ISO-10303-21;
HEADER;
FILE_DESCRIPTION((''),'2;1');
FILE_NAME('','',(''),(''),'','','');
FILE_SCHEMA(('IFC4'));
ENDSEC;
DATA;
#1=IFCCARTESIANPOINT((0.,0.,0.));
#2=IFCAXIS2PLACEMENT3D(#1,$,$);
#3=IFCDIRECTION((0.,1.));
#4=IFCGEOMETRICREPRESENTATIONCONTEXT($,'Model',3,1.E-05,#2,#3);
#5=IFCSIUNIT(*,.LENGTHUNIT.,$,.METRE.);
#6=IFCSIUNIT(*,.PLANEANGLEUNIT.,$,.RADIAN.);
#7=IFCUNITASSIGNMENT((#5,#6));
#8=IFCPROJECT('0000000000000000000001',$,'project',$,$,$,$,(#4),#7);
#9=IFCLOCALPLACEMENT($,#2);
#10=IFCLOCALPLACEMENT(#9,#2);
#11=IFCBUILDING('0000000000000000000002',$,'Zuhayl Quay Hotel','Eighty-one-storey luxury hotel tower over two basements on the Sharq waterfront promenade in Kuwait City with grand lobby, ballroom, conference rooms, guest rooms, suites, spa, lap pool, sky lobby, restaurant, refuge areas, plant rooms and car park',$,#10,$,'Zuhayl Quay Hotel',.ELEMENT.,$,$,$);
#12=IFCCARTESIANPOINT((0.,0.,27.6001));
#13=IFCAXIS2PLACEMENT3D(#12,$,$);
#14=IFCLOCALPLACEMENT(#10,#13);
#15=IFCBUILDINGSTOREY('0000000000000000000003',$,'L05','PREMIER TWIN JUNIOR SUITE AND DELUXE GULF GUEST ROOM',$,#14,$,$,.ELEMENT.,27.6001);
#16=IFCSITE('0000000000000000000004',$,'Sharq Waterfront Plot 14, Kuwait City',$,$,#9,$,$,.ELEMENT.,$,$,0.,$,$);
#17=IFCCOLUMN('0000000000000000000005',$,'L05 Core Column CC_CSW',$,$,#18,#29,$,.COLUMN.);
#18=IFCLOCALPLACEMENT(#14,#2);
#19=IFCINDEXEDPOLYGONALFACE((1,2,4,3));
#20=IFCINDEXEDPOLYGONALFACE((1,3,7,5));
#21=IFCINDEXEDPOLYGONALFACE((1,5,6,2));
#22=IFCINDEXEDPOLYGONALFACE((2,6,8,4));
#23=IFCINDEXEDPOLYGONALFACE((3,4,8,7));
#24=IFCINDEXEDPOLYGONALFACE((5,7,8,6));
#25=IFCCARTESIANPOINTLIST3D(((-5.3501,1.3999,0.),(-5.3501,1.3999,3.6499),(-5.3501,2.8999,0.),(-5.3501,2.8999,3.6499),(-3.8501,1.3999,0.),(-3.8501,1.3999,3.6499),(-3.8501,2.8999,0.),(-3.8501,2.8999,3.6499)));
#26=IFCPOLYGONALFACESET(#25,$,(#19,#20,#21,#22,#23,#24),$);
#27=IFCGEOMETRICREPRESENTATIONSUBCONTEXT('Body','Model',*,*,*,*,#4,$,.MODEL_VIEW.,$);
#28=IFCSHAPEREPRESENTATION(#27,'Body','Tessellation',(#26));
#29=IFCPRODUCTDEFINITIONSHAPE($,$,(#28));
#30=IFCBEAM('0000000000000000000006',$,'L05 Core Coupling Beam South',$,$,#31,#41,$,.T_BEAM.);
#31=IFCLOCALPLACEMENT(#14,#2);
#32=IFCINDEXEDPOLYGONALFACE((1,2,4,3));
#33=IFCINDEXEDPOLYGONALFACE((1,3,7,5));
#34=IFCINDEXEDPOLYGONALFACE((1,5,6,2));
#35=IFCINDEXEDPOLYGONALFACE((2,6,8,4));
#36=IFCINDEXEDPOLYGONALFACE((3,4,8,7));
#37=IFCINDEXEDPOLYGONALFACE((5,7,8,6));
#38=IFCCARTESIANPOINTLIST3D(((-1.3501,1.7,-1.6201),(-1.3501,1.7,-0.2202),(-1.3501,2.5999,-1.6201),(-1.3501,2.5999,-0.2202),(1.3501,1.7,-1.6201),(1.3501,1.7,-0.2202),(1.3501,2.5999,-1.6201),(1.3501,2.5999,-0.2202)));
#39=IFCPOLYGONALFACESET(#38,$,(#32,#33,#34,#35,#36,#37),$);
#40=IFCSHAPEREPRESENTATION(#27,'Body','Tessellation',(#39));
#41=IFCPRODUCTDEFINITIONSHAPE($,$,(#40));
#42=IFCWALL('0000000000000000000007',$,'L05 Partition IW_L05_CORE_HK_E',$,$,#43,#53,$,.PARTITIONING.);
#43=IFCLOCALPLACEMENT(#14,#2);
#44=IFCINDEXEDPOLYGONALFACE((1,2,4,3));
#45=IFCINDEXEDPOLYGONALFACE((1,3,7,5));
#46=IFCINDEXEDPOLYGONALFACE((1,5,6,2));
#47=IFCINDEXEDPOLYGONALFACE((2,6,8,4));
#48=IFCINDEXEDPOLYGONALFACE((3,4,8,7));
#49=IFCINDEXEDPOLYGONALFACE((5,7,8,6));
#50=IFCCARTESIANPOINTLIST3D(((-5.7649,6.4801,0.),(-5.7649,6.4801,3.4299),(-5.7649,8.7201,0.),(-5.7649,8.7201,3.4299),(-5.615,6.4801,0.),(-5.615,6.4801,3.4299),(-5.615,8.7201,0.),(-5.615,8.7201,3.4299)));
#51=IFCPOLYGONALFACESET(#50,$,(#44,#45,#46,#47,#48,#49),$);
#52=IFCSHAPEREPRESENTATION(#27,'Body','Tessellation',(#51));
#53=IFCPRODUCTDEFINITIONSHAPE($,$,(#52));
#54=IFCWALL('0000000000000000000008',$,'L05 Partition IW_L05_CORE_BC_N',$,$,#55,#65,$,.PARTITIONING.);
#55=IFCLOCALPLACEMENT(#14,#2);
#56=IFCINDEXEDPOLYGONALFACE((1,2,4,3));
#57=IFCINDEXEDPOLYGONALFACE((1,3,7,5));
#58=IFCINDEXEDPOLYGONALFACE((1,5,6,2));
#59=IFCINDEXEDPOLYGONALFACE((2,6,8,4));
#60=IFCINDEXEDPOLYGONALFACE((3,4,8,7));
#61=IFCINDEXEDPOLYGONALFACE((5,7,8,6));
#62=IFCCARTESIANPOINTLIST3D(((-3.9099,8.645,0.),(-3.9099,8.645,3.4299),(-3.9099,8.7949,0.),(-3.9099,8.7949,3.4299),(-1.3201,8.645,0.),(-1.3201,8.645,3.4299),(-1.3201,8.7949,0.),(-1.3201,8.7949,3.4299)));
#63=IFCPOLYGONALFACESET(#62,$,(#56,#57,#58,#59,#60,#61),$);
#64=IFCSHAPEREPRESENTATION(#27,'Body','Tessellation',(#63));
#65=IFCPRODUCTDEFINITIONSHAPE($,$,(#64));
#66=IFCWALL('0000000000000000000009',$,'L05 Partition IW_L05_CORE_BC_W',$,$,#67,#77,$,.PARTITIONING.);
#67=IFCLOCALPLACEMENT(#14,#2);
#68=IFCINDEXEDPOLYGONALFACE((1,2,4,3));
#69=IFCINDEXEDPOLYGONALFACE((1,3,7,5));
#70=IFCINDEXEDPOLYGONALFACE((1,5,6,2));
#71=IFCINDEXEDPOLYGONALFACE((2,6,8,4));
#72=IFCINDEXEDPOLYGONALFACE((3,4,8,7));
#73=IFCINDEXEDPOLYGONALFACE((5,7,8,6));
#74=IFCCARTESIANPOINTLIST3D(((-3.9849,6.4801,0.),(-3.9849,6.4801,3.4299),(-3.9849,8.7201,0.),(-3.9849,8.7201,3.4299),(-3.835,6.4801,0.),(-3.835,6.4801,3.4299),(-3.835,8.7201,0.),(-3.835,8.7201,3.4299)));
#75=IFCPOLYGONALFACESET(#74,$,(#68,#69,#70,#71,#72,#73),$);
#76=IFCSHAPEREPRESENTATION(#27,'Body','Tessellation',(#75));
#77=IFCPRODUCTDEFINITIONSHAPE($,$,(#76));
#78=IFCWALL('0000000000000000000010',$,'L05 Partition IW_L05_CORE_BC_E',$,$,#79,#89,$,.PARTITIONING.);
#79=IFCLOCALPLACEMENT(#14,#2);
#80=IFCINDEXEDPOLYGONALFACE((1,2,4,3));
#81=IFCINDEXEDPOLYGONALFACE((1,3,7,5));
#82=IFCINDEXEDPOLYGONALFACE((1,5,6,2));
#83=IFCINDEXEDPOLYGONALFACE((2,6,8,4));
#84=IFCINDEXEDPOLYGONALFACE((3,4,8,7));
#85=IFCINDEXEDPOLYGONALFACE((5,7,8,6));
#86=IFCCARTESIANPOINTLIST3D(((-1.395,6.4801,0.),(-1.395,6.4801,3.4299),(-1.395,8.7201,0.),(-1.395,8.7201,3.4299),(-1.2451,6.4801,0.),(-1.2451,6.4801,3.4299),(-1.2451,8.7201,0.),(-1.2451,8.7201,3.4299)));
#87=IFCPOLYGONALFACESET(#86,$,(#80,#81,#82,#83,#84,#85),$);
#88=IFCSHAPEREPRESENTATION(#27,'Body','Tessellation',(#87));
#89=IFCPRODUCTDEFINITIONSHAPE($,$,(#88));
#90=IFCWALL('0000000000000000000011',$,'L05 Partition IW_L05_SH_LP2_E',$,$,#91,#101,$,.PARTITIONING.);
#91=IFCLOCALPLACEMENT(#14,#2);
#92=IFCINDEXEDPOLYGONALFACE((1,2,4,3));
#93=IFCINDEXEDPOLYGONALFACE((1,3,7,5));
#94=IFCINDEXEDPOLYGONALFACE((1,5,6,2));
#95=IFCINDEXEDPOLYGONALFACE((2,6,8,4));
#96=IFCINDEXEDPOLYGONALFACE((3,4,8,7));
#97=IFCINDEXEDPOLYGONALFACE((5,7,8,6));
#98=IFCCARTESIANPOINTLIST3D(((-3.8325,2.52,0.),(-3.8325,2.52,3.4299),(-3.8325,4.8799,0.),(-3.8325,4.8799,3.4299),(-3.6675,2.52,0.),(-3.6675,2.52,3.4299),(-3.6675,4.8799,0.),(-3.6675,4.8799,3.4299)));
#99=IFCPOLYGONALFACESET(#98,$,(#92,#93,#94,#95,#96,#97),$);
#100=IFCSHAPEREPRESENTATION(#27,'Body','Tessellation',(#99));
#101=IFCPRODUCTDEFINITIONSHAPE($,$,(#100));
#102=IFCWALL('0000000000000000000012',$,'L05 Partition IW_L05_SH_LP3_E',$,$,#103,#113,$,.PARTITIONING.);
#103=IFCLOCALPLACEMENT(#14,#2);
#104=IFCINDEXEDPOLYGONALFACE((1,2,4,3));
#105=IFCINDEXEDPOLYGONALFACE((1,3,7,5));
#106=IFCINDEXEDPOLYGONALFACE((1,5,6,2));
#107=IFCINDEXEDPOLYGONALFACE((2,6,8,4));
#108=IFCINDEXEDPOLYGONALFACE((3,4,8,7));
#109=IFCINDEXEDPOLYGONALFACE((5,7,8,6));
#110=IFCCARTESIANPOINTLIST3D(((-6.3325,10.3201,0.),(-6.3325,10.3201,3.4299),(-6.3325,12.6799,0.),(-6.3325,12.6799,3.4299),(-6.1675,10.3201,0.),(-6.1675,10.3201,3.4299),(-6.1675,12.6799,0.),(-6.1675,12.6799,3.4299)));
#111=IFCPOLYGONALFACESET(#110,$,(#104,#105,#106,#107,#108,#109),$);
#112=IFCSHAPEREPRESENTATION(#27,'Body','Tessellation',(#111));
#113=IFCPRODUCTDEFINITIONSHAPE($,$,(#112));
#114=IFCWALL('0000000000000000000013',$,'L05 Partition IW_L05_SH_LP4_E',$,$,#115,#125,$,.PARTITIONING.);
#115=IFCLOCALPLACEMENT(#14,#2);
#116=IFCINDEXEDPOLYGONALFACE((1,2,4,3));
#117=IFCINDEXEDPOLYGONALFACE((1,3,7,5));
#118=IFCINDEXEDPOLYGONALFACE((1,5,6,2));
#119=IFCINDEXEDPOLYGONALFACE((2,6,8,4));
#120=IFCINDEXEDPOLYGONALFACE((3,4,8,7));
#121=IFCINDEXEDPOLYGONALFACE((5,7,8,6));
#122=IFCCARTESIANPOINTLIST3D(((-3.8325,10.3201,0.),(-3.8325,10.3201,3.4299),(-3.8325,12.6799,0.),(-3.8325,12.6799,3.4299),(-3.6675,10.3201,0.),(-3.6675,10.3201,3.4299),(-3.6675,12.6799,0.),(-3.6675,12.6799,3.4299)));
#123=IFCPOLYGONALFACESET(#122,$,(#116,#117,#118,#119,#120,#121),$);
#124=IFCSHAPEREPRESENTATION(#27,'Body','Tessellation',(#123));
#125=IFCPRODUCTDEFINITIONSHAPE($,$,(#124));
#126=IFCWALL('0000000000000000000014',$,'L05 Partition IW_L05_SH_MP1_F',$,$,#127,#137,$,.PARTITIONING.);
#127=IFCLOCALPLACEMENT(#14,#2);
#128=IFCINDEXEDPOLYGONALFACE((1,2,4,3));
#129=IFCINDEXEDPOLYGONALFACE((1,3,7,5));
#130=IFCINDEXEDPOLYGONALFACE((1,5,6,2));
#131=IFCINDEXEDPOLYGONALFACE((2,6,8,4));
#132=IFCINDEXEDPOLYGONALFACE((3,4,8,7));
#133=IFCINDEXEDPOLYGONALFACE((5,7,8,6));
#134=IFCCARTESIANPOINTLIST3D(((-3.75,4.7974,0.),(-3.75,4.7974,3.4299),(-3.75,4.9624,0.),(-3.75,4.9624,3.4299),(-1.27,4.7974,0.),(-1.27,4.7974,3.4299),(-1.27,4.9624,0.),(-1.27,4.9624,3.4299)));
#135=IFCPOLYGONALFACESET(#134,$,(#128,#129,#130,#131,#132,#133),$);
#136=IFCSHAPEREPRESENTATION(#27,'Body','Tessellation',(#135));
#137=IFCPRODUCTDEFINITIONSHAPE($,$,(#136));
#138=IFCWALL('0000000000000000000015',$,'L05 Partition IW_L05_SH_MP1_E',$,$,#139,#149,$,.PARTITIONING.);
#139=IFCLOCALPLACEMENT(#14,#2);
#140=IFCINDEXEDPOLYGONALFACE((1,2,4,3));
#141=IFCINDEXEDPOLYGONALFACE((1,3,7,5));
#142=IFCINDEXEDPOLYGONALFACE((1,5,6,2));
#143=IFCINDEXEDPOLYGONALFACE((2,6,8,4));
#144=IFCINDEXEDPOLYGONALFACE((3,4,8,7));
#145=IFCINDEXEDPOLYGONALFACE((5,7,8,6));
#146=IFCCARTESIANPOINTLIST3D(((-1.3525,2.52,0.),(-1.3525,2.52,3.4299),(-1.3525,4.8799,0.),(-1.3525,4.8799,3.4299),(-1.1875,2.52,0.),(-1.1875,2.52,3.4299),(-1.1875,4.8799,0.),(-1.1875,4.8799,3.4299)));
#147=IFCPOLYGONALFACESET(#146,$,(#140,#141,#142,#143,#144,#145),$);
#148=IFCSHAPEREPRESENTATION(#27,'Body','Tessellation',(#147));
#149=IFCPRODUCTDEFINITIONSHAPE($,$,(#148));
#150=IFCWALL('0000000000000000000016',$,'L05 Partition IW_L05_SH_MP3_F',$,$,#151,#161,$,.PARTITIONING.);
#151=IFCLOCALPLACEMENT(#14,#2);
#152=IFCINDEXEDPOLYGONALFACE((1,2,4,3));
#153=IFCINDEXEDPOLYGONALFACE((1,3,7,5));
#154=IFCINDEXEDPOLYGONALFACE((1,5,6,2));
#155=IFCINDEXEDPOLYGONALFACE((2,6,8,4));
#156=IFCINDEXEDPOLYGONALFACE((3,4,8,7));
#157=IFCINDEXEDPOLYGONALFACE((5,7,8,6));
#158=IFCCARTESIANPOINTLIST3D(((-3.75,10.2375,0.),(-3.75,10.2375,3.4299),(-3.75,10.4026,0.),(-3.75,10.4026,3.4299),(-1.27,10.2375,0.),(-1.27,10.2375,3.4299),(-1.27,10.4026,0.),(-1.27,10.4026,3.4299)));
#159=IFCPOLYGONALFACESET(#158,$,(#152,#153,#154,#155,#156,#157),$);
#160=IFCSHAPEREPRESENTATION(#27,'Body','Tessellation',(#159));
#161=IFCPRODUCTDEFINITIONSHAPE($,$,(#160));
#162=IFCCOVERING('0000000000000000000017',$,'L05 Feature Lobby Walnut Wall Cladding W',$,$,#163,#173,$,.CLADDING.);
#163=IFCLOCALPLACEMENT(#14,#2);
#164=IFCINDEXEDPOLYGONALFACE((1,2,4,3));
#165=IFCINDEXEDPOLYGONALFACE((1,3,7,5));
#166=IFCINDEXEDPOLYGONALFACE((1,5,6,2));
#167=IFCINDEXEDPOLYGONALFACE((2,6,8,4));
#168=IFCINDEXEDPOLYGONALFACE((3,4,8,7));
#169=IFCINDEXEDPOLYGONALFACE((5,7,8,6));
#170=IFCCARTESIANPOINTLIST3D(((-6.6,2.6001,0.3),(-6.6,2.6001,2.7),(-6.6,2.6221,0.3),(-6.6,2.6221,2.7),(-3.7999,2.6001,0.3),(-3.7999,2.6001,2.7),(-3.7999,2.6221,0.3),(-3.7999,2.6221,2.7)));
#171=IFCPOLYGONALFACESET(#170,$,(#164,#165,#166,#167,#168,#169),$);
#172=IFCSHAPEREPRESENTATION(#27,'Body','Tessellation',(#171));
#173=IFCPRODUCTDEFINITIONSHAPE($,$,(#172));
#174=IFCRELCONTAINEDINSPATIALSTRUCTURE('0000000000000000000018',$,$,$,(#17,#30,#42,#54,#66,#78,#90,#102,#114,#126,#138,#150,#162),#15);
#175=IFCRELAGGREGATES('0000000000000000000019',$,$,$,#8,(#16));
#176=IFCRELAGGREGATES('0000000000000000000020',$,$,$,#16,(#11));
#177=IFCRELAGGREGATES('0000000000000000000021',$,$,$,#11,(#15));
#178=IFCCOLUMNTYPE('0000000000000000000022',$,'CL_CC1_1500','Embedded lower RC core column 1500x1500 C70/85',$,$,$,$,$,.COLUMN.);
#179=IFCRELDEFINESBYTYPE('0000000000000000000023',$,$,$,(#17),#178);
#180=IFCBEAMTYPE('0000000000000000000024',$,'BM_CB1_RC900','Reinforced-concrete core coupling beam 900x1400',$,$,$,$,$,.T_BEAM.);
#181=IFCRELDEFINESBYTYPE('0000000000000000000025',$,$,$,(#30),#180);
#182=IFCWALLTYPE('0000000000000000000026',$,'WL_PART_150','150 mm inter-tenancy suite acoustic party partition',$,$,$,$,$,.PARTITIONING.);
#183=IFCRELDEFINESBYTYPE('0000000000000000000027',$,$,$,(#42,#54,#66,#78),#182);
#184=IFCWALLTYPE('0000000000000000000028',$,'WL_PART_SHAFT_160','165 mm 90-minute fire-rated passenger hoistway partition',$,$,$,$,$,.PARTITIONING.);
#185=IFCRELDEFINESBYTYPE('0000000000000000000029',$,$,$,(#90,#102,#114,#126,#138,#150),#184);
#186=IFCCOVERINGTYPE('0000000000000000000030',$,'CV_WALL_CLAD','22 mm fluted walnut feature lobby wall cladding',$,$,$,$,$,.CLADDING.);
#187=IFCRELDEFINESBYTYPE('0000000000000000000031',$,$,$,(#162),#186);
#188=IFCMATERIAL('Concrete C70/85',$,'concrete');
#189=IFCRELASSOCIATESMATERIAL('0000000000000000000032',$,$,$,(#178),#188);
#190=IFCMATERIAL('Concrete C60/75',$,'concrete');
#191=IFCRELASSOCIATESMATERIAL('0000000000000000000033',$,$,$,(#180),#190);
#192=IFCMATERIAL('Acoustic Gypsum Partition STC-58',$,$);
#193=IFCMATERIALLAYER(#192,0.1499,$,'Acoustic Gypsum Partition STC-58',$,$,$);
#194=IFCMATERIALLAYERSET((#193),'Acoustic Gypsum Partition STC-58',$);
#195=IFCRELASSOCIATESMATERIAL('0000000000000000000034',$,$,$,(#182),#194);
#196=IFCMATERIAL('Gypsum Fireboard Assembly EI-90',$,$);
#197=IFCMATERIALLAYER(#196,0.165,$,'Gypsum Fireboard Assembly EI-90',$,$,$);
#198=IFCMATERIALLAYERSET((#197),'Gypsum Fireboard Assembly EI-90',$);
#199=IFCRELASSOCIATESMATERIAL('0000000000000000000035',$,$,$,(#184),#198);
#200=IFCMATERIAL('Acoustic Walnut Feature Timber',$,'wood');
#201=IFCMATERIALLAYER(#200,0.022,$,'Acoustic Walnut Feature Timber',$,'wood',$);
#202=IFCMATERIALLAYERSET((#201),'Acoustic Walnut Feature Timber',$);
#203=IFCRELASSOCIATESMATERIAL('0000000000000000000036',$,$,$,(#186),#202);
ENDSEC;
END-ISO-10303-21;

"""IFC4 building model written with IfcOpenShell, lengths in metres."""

from ifc_helpers import new_model, si_unit, direction, frame, frame_2d, origin, origin_2d, place, context, subcontext, project, spatial, rectangle, extrude, material, layer, layer_set, material_profile, profile_set, type_object, element, save


model = new_model("IFC4")

# Units and contexts
model_context = context("Model", 3, precision=1e-05, world=origin(), true_north=direction((0.0, 1.0)))
body_context = subcontext(model_context, "Body", "Model", "MODEL_VIEW")
ifc_project = project(units=[si_unit("LENGTHUNIT", "METRE"), si_unit("PLANEANGLEUNIT", "RADIAN")], contexts=[model_context])

# Site, building, storey
site_placement = place(None, origin())
site = spatial("IfcSite", under=ifc_project, at=site_placement, Name="Sharq Waterfront Plot 14, Kuwait City", CompositionType="ELEMENT", RefElevation=0.0)
building_placement = place(site_placement, origin())
building = spatial("IfcBuilding", under=site, at=building_placement, Name="Zuhayl Quay Hotel", Description="Eighty-one-storey luxury hotel tower over two basements on the Sharq waterfront promenade in Kuwait City with grand lobby, ballroom, conference rooms, guest rooms, suites, spa, lap pool, sky lobby, restaurant, refuge areas, plant rooms and car park", LongName="Zuhayl Quay Hotel", CompositionType="ELEMENT")
storey_placement = place(building_placement, frame((0.0, 0.0, 27.6001)))
storey = spatial("IfcBuildingStorey", under=building, at=storey_placement, Name="L05", Description="PREMIER TWIN JUNIOR SUITE AND DELUXE GULF GUEST ROOM", CompositionType="ELEMENT", Elevation=27.6001)

# Column
ifc_material_1 = material(Name="Concrete C70/85", Category="concrete")
ifc_material_profile_1 = material_profile(ifc_material_1, rectangle(XDim=1.5, YDim=1.5, at=origin_2d()), Name="RC1500X1500")
ifc_profile_set_1 = profile_set([ifc_material_profile_1], Name="Concrete C70/85")
column_type = type_object("IfcColumnType", Name="CL_CC1_1500", Description="Embedded lower RC core column 1500x1500 C70/85", PredefinedType="COLUMN", material=ifc_profile_set_1)
column_placement = place(storey_placement, frame((-4.6001, 2.1499, 0.0), z_axis=(0.0, 0.0, 1.0), x_axis=(1.0, 0.0, 0.0)))
element("IfcColumn", 1, at=column_placement, inside=storey, type_object=column_type, Name="L05 Core Column CC_CSW", PredefinedType="COLUMN", context=body_context, shape_type="SweptSolid", body=[
    extrude(rectangle(XDim=1.5, YDim=1.5, at=origin_2d()), origin(), (0.0, 0.0, 1.0), 3.6499),
])

# Beam
ifc_material_2 = material(Name="Concrete C60/75", Category="concrete")
ifc_material_profile_2 = material_profile(ifc_material_2, rectangle(XDim=0.8999, YDim=1.3999, at=origin_2d()), Name="RC900X1400")
ifc_profile_set_2 = profile_set([ifc_material_profile_2], Name="Concrete C60/75")
beam_type = type_object("IfcBeamType", Name="BM_CB1_RC900", Description="Reinforced-concrete core coupling beam 900x1400", PredefinedType="T_BEAM", material=ifc_profile_set_2)
beam_placement = place(storey_placement, frame((-1.3501, 2.1499, -0.9202), z_axis=(1.0, 0.0, 0.0), x_axis=(0.0, 1.0, 0.0)))
element("IfcBeam", 2, at=beam_placement, inside=storey, type_object=beam_type, Name="L05 Core Coupling Beam South", PredefinedType="T_BEAM", context=body_context, shape_type="SweptSolid", body=[
    extrude(rectangle(XDim=0.8999, YDim=1.3999, at=origin_2d()), origin(), (0.0, 0.0, 1.0), 2.7002),
])

# Shared definitions
ifc_material_3 = material(Name="Acoustic Gypsum Partition STC-58")
ifc_layer_1 = layer(ifc_material_3, 0.1499, Name="Acoustic Gypsum Partition STC-58")
ifc_layer_set_1 = layer_set([ifc_layer_1], Name="Acoustic Gypsum Partition STC-58")
wall_type_1 = type_object("IfcWallType", Name="WL_PART_150", Description="150 mm inter-tenancy suite acoustic party partition", PredefinedType="PARTITIONING", material=ifc_layer_set_1)

# Walls
wall_1_placement = place(storey_placement, frame((-5.6899, 6.48, 0.0), z_axis=(0.0, 0.0, 1.0), x_axis=(0.0, 1.0, 0.0)))
element("IfcWall", 3, at=wall_1_placement, inside=storey, type_object=wall_type_1, Name="L05 Partition IW_L05_CORE_HK_E", PredefinedType="PARTITIONING", context=body_context, shape_type="SweptSolid", body=[
    extrude(rectangle(XDim=2.24, YDim=0.1499, at=frame_2d((1.1201, 0.0))), origin(), (0.0, 0.0, 1.0), 3.4299),
])
wall_2_placement = place(storey_placement, frame((-3.9099, 8.72, 0.0), z_axis=(0.0, 0.0, 1.0), x_axis=(1.0, 0.0, 0.0)))
element("IfcWall", 4, at=wall_2_placement, inside=storey, type_object=wall_type_1, Name="L05 Partition IW_L05_CORE_BC_N", PredefinedType="PARTITIONING", context=body_context, shape_type="SweptSolid", body=[
    extrude(rectangle(XDim=2.5898, YDim=0.1499, at=frame_2d((1.2949, 0.0))), origin(), (0.0, 0.0, 1.0), 3.4299),
])
for number, where, z_axis, x_axis, name in (
    (5, (-3.9099, 6.48, 0.0), (0.0, 0.0, 1.0), (0.0, 1.0, 0.0), "L05 Partition IW_L05_CORE_BC_W"),
    (6, (-1.3201, 6.48, 0.0), (0.0, 0.0, 1.0), (0.0, 1.0, 0.0), "L05 Partition IW_L05_CORE_BC_E"),
):
    element("IfcWall", number, at=place(storey_placement, frame(where, z_axis=z_axis, x_axis=x_axis)), inside=storey, type_object=wall_type_1, Name=name, PredefinedType="PARTITIONING", context=body_context, shape_type="SweptSolid", body=[
        extrude(rectangle(XDim=2.24, YDim=0.1499, at=frame_2d((1.1201, 0.0))), origin(), (0.0, 0.0, 1.0), 3.4299),
    ])
ifc_material_4 = material(Name="Gypsum Fireboard Assembly EI-90")
ifc_layer_2 = layer(ifc_material_4, 0.165, Name="Gypsum Fireboard Assembly EI-90")
ifc_layer_set_2 = layer_set([ifc_layer_2], Name="Gypsum Fireboard Assembly EI-90")
wall_type_2 = type_object("IfcWallType", Name="WL_PART_SHAFT_160", Description="165 mm 90-minute fire-rated passenger hoistway partition", PredefinedType="PARTITIONING", material=ifc_layer_set_2)
for number, where, z_axis, x_axis, name in (
    (7, (-3.75, 2.52, 0.0), (0.0, 0.0, 1.0), (0.0, 1.0, 0.0), "L05 Partition IW_L05_SH_LP2_E"),
    (8, (-6.25, 10.3201, 0.0), (0.0, 0.0, 1.0), (0.0, 1.0, 0.0), "L05 Partition IW_L05_SH_LP3_E"),
    (9, (-3.75, 10.3201, 0.0), (0.0, 0.0, 1.0), (0.0, 1.0, 0.0), "L05 Partition IW_L05_SH_LP4_E"),
):
    element("IfcWall", number, at=place(storey_placement, frame(where, z_axis=z_axis, x_axis=x_axis)), inside=storey, type_object=wall_type_2, Name=name, PredefinedType="PARTITIONING", context=body_context, shape_type="SweptSolid", body=[
        extrude(rectangle(XDim=2.3599, YDim=0.165, at=frame_2d((1.1799, 0.0))), origin(), (0.0, 0.0, 1.0), 3.4299),
    ])
wall_3_placement = place(storey_placement, frame((-3.75, 4.8799, 0.0), z_axis=(0.0, 0.0, 1.0), x_axis=(1.0, 0.0, 0.0)))
element("IfcWall", 10, at=wall_3_placement, inside=storey, type_object=wall_type_2, Name="L05 Partition IW_L05_SH_MP1_F", PredefinedType="PARTITIONING", context=body_context, shape_type="SweptSolid", body=[
    extrude(rectangle(XDim=2.48, YDim=0.165, at=frame_2d((1.24, 0.0))), origin(), (0.0, 0.0, 1.0), 3.4299),
])
wall_4_placement = place(storey_placement, frame((-1.27, 2.52, 0.0), z_axis=(0.0, 0.0, 1.0), x_axis=(0.0, 1.0, 0.0)))
element("IfcWall", 11, at=wall_4_placement, inside=storey, type_object=wall_type_2, Name="L05 Partition IW_L05_SH_MP1_E", PredefinedType="PARTITIONING", context=body_context, shape_type="SweptSolid", body=[
    extrude(rectangle(XDim=2.3599, YDim=0.165, at=frame_2d((1.1799, 0.0))), origin(), (0.0, 0.0, 1.0), 3.4299),
])
wall_5_placement = place(storey_placement, frame((-3.75, 10.3201, 0.0), z_axis=(0.0, 0.0, 1.0), x_axis=(1.0, 0.0, 0.0)))
element("IfcWall", 12, at=wall_5_placement, inside=storey, type_object=wall_type_2, Name="L05 Partition IW_L05_SH_MP3_F", PredefinedType="PARTITIONING", context=body_context, shape_type="SweptSolid", body=[
    extrude(rectangle(XDim=2.48, YDim=0.165, at=frame_2d((1.24, 0.0))), origin(), (0.0, 0.0, 1.0), 3.4299),
])

# Covering
ifc_material_5 = material(Name="Acoustic Walnut Feature Timber", Category="wood")
ifc_layer_3 = layer(ifc_material_5, 0.022, Name="Acoustic Walnut Feature Timber", Category="wood")
ifc_layer_set_3 = layer_set([ifc_layer_3], Name="Acoustic Walnut Feature Timber")
covering_type = type_object("IfcCoveringType", Name="CV_WALL_CLAD", Description="22 mm fluted walnut feature lobby wall cladding", PredefinedType="CLADDING", material=ifc_layer_set_3)
covering_placement = place(storey_placement, frame((-5.2, 2.6111, 0.3), z_axis=(0.0, 0.0, 1.0), x_axis=(1.0, 0.0, 0.0)))
element("IfcCovering", 13, at=covering_placement, inside=storey, type_object=covering_type, Name="L05 Feature Lobby Walnut Wall Cladding W", PredefinedType="CLADDING", context=body_context, shape_type="SweptSolid", body=[
    extrude(rectangle(XDim=2.8, YDim=0.022, at=origin_2d()), origin(), (0.0, 0.0, 1.0), 2.3999),
])

save(model, "model.ifc")
